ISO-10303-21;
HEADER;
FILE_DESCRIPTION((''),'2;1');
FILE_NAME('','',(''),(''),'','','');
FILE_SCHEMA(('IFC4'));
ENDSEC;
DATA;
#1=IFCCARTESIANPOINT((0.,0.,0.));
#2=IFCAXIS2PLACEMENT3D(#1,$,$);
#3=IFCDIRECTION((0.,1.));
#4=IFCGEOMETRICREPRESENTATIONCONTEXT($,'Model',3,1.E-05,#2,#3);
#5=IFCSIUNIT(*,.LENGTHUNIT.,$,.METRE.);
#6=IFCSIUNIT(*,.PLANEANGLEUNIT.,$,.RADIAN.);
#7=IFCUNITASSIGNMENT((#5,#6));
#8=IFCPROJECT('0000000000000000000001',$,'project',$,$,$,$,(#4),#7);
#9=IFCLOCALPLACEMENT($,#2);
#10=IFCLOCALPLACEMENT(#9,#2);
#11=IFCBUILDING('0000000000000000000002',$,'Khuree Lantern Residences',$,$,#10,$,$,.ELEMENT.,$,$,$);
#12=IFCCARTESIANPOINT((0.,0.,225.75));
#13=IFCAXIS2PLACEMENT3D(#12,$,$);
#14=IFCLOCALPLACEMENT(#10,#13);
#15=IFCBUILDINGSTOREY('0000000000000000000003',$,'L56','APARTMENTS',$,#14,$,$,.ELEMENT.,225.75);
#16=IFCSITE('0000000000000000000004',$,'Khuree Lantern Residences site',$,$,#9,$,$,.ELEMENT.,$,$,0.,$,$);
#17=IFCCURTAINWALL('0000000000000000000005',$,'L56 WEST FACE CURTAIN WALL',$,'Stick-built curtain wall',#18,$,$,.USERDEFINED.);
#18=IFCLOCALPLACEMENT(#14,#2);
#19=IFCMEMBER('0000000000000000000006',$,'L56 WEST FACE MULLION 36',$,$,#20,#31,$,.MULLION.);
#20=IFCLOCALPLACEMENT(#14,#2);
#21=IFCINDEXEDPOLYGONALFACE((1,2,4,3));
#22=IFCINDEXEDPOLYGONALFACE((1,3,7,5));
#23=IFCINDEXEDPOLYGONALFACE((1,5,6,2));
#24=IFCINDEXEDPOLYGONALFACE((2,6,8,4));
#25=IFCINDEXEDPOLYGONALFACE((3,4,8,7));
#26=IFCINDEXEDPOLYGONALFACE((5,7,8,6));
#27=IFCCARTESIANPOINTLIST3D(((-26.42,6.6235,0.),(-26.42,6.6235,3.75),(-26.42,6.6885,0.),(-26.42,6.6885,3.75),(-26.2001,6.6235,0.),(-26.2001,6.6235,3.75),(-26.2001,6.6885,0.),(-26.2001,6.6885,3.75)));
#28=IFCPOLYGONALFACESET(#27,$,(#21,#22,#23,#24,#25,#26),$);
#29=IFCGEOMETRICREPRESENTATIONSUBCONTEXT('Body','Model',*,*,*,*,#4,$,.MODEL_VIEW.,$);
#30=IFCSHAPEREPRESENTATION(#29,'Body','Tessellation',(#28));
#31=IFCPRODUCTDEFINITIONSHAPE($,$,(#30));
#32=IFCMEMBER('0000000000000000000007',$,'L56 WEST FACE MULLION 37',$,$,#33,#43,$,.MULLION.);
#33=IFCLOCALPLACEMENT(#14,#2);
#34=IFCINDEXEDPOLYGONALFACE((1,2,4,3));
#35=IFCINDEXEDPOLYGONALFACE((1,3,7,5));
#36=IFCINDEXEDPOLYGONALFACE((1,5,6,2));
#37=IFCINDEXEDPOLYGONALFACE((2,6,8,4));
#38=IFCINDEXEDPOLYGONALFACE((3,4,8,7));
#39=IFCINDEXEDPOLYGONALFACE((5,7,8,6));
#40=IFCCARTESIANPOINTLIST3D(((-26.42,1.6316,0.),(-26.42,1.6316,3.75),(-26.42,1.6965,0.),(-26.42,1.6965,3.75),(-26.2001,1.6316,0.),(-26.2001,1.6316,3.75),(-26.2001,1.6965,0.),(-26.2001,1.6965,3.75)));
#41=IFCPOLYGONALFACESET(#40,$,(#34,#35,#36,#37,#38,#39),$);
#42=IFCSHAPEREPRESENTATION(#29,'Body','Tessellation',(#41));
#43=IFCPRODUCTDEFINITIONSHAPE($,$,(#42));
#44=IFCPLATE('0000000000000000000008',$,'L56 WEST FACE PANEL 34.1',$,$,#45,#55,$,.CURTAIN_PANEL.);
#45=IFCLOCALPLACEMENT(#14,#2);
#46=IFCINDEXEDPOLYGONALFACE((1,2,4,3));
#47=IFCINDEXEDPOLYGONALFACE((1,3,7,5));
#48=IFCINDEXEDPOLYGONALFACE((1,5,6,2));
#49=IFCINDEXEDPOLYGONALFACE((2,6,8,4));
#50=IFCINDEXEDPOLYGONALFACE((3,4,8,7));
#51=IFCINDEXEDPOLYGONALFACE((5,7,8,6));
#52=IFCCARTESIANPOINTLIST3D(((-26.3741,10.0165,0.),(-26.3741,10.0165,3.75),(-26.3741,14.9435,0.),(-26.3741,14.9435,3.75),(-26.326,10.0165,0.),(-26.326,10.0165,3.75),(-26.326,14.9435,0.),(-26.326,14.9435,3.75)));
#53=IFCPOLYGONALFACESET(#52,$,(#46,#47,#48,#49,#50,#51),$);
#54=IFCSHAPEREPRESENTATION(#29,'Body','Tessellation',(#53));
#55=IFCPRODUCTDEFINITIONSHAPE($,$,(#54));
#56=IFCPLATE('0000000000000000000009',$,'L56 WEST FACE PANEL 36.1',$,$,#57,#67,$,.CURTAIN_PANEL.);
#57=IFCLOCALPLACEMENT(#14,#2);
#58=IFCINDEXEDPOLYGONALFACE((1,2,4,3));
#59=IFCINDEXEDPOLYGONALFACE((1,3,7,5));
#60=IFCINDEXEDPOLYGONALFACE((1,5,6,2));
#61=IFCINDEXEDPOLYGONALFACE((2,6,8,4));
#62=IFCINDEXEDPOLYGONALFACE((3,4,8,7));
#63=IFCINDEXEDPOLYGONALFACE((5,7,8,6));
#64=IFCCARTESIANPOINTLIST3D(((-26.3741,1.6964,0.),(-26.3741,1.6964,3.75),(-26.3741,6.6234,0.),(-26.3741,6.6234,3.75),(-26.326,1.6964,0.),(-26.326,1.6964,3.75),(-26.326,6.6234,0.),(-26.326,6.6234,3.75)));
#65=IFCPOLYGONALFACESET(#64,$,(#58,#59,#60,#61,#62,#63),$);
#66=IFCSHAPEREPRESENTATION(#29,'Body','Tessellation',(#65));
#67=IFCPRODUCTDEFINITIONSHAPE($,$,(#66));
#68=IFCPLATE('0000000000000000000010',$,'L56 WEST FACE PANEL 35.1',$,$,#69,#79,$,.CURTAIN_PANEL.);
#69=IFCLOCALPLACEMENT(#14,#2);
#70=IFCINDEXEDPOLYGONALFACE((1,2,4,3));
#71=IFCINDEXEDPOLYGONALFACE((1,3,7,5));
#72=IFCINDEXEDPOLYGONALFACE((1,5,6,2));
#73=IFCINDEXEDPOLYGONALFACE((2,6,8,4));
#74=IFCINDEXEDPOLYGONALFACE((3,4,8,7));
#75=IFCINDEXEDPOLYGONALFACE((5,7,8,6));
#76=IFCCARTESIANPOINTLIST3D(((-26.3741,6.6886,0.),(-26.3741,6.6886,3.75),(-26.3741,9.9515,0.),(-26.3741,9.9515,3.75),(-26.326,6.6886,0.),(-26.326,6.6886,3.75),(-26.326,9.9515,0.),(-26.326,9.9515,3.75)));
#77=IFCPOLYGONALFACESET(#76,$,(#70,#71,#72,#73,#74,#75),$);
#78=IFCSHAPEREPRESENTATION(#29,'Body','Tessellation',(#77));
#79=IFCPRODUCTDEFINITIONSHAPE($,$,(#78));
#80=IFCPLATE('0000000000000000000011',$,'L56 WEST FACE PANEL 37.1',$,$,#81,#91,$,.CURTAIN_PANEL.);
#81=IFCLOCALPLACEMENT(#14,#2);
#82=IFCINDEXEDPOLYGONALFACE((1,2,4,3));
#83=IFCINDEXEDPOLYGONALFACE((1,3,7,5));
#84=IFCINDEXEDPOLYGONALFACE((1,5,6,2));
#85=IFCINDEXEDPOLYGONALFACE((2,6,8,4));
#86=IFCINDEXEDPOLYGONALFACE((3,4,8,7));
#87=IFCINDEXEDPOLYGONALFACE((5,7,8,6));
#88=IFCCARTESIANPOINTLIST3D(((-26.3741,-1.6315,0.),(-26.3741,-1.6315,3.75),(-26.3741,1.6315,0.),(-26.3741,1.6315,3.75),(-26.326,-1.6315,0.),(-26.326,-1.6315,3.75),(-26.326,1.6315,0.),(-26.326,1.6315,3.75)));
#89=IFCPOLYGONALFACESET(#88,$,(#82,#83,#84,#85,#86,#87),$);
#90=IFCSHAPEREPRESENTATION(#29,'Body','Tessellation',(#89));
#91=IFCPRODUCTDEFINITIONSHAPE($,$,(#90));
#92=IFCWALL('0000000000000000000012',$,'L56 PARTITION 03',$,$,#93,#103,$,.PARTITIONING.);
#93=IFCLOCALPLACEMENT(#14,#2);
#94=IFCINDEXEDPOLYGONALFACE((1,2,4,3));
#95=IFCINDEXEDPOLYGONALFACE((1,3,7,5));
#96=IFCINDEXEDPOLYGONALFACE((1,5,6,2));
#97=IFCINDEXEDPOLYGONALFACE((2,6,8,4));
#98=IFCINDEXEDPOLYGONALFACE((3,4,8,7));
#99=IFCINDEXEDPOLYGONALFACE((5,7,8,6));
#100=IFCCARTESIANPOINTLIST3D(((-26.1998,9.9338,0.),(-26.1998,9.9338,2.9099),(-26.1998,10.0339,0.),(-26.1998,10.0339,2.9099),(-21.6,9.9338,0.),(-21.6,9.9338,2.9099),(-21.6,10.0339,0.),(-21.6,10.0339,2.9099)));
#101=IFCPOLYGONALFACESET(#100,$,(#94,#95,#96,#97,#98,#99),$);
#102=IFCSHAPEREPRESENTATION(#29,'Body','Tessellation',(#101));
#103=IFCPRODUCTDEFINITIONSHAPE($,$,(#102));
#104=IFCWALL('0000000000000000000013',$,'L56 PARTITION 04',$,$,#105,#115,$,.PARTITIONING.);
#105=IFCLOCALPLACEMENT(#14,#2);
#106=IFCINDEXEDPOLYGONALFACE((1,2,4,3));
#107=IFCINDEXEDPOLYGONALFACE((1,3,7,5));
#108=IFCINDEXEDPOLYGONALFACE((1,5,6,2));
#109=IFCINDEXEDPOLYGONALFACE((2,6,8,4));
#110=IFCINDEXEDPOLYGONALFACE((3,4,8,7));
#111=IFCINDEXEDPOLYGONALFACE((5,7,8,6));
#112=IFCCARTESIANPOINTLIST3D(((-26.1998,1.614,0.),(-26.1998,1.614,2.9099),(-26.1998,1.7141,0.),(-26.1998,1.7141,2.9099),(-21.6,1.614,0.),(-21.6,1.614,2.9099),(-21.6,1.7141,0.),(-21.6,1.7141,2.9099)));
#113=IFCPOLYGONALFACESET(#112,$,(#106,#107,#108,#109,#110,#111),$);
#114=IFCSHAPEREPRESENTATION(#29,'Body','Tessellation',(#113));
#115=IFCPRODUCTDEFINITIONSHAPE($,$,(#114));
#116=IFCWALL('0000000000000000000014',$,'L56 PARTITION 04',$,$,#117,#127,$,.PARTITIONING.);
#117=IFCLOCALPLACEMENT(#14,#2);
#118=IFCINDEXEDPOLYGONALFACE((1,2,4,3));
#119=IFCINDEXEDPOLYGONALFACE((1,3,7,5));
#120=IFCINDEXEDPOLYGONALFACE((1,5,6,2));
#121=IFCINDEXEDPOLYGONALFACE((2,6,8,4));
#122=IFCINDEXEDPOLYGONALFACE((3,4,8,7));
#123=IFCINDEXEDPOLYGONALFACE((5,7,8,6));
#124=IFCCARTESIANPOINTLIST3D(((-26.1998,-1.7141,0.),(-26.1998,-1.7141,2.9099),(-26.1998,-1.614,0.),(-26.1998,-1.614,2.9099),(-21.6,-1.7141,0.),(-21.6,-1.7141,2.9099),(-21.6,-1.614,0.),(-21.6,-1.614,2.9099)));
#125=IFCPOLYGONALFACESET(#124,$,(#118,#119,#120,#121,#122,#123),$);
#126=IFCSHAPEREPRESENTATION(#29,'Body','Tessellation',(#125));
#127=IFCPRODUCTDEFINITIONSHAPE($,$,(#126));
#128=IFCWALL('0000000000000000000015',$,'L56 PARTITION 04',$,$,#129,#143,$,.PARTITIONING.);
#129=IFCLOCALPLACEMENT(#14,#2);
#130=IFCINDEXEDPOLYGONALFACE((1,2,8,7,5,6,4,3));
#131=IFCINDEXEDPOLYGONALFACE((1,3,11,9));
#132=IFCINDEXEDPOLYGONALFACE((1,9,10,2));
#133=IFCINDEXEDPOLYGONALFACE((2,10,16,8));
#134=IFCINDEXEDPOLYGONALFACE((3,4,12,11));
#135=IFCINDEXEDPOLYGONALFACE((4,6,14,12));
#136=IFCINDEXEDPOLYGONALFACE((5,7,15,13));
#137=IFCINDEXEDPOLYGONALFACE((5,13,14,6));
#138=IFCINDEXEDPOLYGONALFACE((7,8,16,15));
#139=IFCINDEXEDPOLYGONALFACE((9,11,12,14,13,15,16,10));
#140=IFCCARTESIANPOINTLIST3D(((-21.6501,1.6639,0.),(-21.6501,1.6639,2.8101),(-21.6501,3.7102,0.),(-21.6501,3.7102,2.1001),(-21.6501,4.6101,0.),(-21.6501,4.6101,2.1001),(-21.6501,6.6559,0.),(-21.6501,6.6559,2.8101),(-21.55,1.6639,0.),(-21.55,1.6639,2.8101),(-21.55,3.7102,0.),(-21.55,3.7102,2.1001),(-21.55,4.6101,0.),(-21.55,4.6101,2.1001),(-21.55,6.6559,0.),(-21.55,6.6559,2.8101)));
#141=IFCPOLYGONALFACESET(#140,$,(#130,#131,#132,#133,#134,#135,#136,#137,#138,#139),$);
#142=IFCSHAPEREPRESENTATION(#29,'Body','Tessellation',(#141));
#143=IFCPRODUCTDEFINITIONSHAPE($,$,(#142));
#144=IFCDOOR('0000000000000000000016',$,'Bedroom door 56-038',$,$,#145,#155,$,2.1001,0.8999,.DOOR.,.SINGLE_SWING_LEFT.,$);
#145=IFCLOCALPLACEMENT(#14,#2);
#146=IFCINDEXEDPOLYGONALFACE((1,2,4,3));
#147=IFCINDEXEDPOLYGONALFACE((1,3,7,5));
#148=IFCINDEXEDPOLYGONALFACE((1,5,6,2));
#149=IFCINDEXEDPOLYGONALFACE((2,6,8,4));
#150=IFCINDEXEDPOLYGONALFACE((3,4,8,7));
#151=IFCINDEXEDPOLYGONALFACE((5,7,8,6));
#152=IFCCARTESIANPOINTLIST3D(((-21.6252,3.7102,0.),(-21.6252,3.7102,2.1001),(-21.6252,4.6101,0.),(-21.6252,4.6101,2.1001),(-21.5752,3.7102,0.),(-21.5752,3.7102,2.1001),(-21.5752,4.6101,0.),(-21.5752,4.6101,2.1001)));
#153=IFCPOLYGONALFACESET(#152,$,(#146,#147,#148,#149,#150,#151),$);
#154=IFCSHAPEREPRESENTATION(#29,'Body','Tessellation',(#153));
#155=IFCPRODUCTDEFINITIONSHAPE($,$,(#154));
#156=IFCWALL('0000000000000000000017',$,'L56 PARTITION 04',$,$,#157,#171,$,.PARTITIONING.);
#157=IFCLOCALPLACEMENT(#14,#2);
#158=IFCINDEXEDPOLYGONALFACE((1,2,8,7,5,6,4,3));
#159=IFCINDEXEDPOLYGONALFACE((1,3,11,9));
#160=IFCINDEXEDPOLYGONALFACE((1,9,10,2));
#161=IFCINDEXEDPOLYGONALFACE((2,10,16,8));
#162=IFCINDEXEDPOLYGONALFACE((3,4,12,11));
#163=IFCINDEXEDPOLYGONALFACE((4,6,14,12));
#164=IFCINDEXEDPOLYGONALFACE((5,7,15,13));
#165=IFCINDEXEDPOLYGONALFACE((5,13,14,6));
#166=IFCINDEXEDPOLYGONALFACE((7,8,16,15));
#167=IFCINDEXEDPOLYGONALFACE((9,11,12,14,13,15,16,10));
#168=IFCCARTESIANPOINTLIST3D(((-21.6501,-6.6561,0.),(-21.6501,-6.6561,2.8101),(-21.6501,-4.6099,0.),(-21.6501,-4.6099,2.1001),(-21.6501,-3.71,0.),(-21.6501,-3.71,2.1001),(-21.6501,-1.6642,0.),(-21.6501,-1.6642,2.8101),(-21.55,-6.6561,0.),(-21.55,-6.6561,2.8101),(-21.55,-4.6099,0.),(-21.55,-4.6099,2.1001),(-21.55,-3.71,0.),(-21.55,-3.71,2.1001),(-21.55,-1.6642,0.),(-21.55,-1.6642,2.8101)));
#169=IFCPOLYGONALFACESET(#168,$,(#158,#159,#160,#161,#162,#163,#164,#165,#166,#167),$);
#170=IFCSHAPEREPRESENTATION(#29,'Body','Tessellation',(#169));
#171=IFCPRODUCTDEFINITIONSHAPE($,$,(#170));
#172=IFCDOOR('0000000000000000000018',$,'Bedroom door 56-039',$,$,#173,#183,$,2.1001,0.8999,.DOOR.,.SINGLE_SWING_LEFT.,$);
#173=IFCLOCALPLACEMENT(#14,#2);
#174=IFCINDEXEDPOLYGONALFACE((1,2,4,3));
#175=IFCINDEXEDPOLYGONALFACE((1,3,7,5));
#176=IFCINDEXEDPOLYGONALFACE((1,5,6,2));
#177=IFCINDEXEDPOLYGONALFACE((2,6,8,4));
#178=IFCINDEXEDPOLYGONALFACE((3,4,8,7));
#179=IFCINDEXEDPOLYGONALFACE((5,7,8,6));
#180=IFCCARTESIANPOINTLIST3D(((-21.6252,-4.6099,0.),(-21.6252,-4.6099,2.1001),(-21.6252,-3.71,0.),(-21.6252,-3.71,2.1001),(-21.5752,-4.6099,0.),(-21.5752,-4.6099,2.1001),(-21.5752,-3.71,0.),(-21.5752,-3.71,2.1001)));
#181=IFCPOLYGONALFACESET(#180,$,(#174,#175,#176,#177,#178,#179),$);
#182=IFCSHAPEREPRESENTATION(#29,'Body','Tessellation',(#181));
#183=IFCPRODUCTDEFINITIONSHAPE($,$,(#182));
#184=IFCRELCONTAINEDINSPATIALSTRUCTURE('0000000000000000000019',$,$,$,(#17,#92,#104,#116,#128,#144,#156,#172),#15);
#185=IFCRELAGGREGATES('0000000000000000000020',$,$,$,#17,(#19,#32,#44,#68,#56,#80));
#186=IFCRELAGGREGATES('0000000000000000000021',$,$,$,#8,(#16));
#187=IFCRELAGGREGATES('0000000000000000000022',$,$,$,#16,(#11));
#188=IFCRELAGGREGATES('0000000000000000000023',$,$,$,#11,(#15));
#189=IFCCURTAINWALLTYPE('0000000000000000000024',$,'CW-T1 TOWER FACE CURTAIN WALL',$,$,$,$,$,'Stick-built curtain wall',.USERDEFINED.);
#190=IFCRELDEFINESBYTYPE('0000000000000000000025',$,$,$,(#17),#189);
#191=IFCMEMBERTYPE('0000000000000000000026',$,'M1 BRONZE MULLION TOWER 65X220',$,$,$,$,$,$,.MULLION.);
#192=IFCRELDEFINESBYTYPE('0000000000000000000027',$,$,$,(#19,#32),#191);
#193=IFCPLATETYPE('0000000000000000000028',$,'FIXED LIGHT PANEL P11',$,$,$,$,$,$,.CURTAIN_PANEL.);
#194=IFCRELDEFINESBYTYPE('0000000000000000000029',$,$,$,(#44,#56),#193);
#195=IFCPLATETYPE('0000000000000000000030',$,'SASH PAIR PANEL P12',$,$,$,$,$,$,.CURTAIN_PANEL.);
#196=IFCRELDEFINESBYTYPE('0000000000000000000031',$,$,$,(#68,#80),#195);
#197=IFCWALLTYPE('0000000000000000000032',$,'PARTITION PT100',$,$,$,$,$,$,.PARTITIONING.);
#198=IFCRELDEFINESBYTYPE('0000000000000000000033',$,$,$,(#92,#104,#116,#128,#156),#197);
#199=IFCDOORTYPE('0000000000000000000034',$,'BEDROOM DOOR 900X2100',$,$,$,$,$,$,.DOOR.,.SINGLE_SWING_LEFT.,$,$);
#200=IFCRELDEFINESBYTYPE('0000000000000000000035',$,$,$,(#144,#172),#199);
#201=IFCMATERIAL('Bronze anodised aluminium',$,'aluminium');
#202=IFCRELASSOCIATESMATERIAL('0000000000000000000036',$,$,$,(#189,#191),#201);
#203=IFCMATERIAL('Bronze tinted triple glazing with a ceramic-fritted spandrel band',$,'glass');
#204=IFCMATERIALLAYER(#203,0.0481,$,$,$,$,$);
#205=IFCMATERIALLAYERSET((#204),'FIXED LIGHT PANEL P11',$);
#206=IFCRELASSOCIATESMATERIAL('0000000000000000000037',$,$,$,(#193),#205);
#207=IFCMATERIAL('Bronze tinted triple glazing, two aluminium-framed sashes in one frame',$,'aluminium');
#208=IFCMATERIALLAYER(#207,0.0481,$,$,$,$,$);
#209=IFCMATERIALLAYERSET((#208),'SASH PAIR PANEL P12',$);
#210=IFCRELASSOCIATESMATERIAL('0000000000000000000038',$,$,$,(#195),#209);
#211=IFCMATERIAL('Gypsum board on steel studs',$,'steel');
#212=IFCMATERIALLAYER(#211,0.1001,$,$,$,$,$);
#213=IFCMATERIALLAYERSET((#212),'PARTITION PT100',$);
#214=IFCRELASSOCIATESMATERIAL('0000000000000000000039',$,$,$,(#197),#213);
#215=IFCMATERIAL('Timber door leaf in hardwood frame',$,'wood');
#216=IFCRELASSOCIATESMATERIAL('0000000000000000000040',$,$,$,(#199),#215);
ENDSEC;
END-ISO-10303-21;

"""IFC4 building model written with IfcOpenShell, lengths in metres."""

from ifc_helpers import new_model, si_unit, direction, frame, frame_2d, origin, origin_2d, place, context, subcontext, project, spatial, rectangle, extrude, material, layer, layer_set, material_profile, profile_set, type_object, element, fill, aggregate, save


model = new_model("IFC4")

# Units and contexts
model_context = context("Model", 3, precision=1e-05, world=origin(), true_north=direction((0.0, 1.0)))
body_context = subcontext(model_context, "Body", "Model", "MODEL_VIEW")
ifc_project = project(units=[si_unit("LENGTHUNIT", "METRE"), si_unit("PLANEANGLEUNIT", "RADIAN")], contexts=[model_context])

# Site, building, storey
site_placement = place(None, origin())
site = spatial("IfcSite", under=ifc_project, at=site_placement, Name="Khuree Lantern Residences site", CompositionType="ELEMENT", RefElevation=0.0)
building_placement = place(site_placement, origin())
building = spatial("IfcBuilding", under=site, at=building_placement, Name="Khuree Lantern Residences", CompositionType="ELEMENT")
storey_placement = place(building_placement, frame((0.0, 0.0, 225.75)))
storey = spatial("IfcBuildingStorey", under=building, at=storey_placement, Name="L56", Description="APARTMENTS", CompositionType="ELEMENT", Elevation=225.75)

# Curtain wall
ifc_material_1 = material(Name="Bronze anodised aluminium", Category="aluminium")
curtain_wall_type = type_object("IfcCurtainWallType", Name="CW-T1 TOWER FACE CURTAIN WALL", ElementType="Stick-built curtain wall", PredefinedType="USERDEFINED", material=ifc_material_1)
curtain_wall_placement = place(storey_placement, origin())
curtain_wall = element("IfcCurtainWall", 1, at=curtain_wall_placement, inside=storey, type_object=curtain_wall_type, Name="L56 WEST FACE CURTAIN WALL", ObjectType="Stick-built curtain wall", PredefinedType="USERDEFINED")

# Members
ifc_material_profile_1 = material_profile(ifc_material_1, rectangle(XDim=0.0649, YDim=0.22, at=origin_2d()), Name="M1 65X220")
ifc_profile_set_1 = profile_set([ifc_material_profile_1], Name="Bronze anodised aluminium")
member_type_1 = type_object("IfcMemberType", Name="M1 BRONZE MULLION TOWER 65X220", PredefinedType="MULLION", material=ifc_profile_set_1)
member_1_placement = place(storey_placement, frame((-26.3101, 6.656, 0.0), z_axis=(0.0, 0.0, 1.0), x_axis=(0.0, -1.0, 0.0)))
member_1 = element("IfcMember", 2, at=member_1_placement, type_object=member_type_1, Name="L56 WEST FACE MULLION 36", PredefinedType="MULLION", context=body_context, shape_type="SweptSolid", body=[
    extrude(rectangle(XDim=0.0649, YDim=0.22, at=origin_2d()), origin(), (0.0, 0.0, 1.0), 3.75),
])
member_2_placement = place(storey_placement, frame((-26.3101, 1.6641, 0.0), z_axis=(0.0, 0.0, 1.0), x_axis=(0.0, -1.0, 0.0)))
member_2 = element("IfcMember", 3, at=member_2_placement, type_object=member_type_1, Name="L56 WEST FACE MULLION 37", PredefinedType="MULLION", context=body_context, shape_type="SweptSolid", body=[
    extrude(rectangle(XDim=0.0649, YDim=0.22, at=origin_2d()), origin(), (0.0, 0.0, 1.0), 3.75),
])

# Plates
ifc_material_2 = material(Name="Bronze tinted triple glazing with a ceramic-fritted spandrel band", Category="glass")
ifc_layer_1 = layer(ifc_material_2, 0.0481)
ifc_layer_set_1 = layer_set([ifc_layer_1], Name="FIXED LIGHT PANEL P11")
plate_type_1 = type_object("IfcPlateType", Name="FIXED LIGHT PANEL P11", PredefinedType="CURTAIN_PANEL", material=ifc_layer_set_1)
plate_1_placement = place(storey_placement, frame((-26.3501, 12.48, 0.0), z_axis=(0.0, 0.0, 1.0), x_axis=(0.0, -1.0, 0.0)))
plate_1 = element("IfcPlate", 4, at=plate_1_placement, type_object=plate_type_1, Name="L56 WEST FACE PANEL 34.1", PredefinedType="CURTAIN_PANEL", context=body_context, shape_type="SweptSolid", body=[
    extrude(rectangle(XDim=4.927, YDim=0.0481, at=origin_2d()), origin(), (0.0, 0.0, 1.0), 3.75),
])
plate_2_placement = place(storey_placement, frame((-26.3501, 4.1599, 0.0), z_axis=(0.0, 0.0, 1.0), x_axis=(0.0, -1.0, 0.0)))
plate_2 = element("IfcPlate", 5, at=plate_2_placement, type_object=plate_type_1, Name="L56 WEST FACE PANEL 36.1", PredefinedType="CURTAIN_PANEL", context=body_context, shape_type="SweptSolid", body=[
    extrude(rectangle(XDim=4.927, YDim=0.0481, at=origin_2d()), origin(), (0.0, 0.0, 1.0), 3.75),
])
ifc_material_3 = material(Name="Bronze tinted triple glazing, two aluminium-framed sashes in one frame", Category="aluminium")
ifc_layer_2 = layer(ifc_material_3, 0.0481)
ifc_layer_set_2 = layer_set([ifc_layer_2], Name="SASH PAIR PANEL P12")
plate_type_2 = type_object("IfcPlateType", Name="SASH PAIR PANEL P12", PredefinedType="CURTAIN_PANEL", material=ifc_layer_set_2)
plate_3_placement = place(storey_placement, frame((-26.3501, 8.3201, 0.0), z_axis=(0.0, 0.0, 1.0), x_axis=(0.0, -1.0, 0.0)))
plate_3 = element("IfcPlate", 6, at=plate_3_placement, type_object=plate_type_2, Name="L56 WEST FACE PANEL 35.1", PredefinedType="CURTAIN_PANEL", context=body_context, shape_type="SweptSolid", body=[
    extrude(rectangle(XDim=3.2629, YDim=0.0481, at=origin_2d()), origin(), (0.0, 0.0, 1.0), 3.75),
])
plate_4_placement = place(storey_placement, frame((-26.3501, 0.0, 0.0), z_axis=(0.0, 0.0, 1.0), x_axis=(0.0, -1.0, 0.0)))
plate_4 = element("IfcPlate", 7, at=plate_4_placement, type_object=plate_type_2, Name="L56 WEST FACE PANEL 37.1", PredefinedType="CURTAIN_PANEL", context=body_context, shape_type="SweptSolid", body=[
    extrude(rectangle(XDim=3.2629, YDim=0.0481, at=origin_2d()), origin(), (0.0, 0.0, 1.0), 3.75),
])
aggregate(curtain_wall, [member_1, member_2, plate_1, plate_3, plate_2, plate_4])

# Walls
ifc_material_4 = material(Name="Gypsum board on steel studs", Category="steel")
ifc_layer_3 = layer(ifc_material_4, 0.1001)
ifc_layer_set_3 = layer_set([ifc_layer_3], Name="PARTITION PT100")
wall_type = type_object("IfcWallType", Name="PARTITION PT100", PredefinedType="PARTITIONING", material=ifc_layer_set_3)
for number, where, z_axis, x_axis, name in (
    (8, (-21.6001, 9.9839, 0.0), (0.0, 0.0, 1.0), (-1.0, 0.0, 0.0), "L56 PARTITION 03"),
    (9, (-21.6001, 1.6641, 0.0), (0.0, 0.0, 1.0), (-1.0, 0.0, 0.0), "L56 PARTITION 04"),
    (10, (-21.6001, -1.6641, 0.0), (0.0, 0.0, 1.0), (-1.0, 0.0, 0.0), "L56 PARTITION 04"),
):
    element("IfcWall", number, at=place(storey_placement, frame(where, z_axis=z_axis, x_axis=x_axis)), inside=storey, type_object=wall_type, Name=name, PredefinedType="PARTITIONING", context=body_context, shape_type="SweptSolid", body=[
        extrude(rectangle(XDim=4.5999, YDim=0.1001, at=frame_2d((2.2998, 0.0))), origin(), (0.0, 0.0, 1.0), 2.9099),
    ])

# Walls, openings, doors
wall_1_placement = place(storey_placement, frame((-21.6001, 6.656, 0.0), z_axis=(0.0, 0.0, 1.0), x_axis=(0.0, -1.0, 0.0)))
wall_1 = element("IfcWall", 11, at=wall_1_placement, inside=storey, type_object=wall_type, Name="L56 PARTITION 04", PredefinedType="PARTITIONING", context=body_context, shape_type="SweptSolid", body=[
    extrude(rectangle(XDim=4.9919, YDim=0.1001, at=frame_2d((2.4961, 0.0))), origin(), (0.0, 0.0, 1.0), 2.8101),
])
opening_1_placement = place(wall_1_placement, frame((2.0459, 0.0, 0.0)))
opening_1 = element("IfcOpeningElement", 12, at=opening_1_placement, cuts=wall_1, PredefinedType="OPENING", context=body_context, shape_type="SweptSolid", body=[
    extrude(rectangle(XDim=0.8999, YDim=2.1001, at=frame_2d((0.45, 1.05))), frame((0.0, 0.0601, 0.0), z_axis=(0.0, -1.0, 0.0), x_axis=(1.0, 0.0, 0.0)), (0.0, 0.0, 1.0), 0.1201),
])
ifc_material_5 = material(Name="Timber door leaf in hardwood frame", Category="wood")
door_type = type_object("IfcDoorType", Name="BEDROOM DOOR 900X2100", OperationType="SINGLE_SWING_LEFT", PredefinedType="DOOR", material=ifc_material_5)
door_1_placement = place(opening_1_placement, origin())
door_1 = element("IfcDoor", 13, at=door_1_placement, inside=storey, type_object=door_type, Name="Bedroom door 56-038", OperationType="SINGLE_SWING_LEFT", OverallHeight=2.1001, OverallWidth=0.8999, PredefinedType="DOOR", context=body_context, shape_type="SweptSolid", body=[
    extrude(rectangle(XDim=0.8999, YDim=2.1001, at=frame_2d((0.45, 1.05))), frame((0.0, 0.0249, 0.0), z_axis=(0.0, -1.0, 0.0), x_axis=(1.0, 0.0, 0.0)), (0.0, 0.0, 1.0), 0.05),
])
fill(opening_1, door_1)
wall_2_placement = place(storey_placement, frame((-21.6001, -1.6641, 0.0), z_axis=(0.0, 0.0, 1.0), x_axis=(0.0, -1.0, 0.0)))
wall_2 = element("IfcWall", 14, at=wall_2_placement, inside=storey, type_object=wall_type, Name="L56 PARTITION 04", PredefinedType="PARTITIONING", context=body_context, shape_type="SweptSolid", body=[
    extrude(rectangle(XDim=4.9919, YDim=0.1001, at=frame_2d((2.4961, 0.0))), origin(), (0.0, 0.0, 1.0), 2.8101),
])
opening_2_placement = place(wall_2_placement, frame((2.0459, 0.0, 0.0)))
opening_2 = element("IfcOpeningElement", 15, at=opening_2_placement, cuts=wall_2, PredefinedType="OPENING", context=body_context, shape_type="SweptSolid", body=[
    extrude(rectangle(XDim=0.8999, YDim=2.1001, at=frame_2d((0.45, 1.05))), frame((0.0, 0.0601, 0.0), z_axis=(0.0, -1.0, 0.0), x_axis=(1.0, 0.0, 0.0)), (0.0, 0.0, 1.0), 0.1201),
])
door_2_placement = place(opening_2_placement, origin())
door_2 = element("IfcDoor", 16, at=door_2_placement, inside=storey, type_object=door_type, Name="Bedroom door 56-039", OperationType="SINGLE_SWING_LEFT", OverallHeight=2.1001, OverallWidth=0.8999, PredefinedType="DOOR", context=body_context, shape_type="SweptSolid", body=[
    extrude(rectangle(XDim=0.8999, YDim=2.1001, at=frame_2d((0.45, 1.05))), frame((0.0, 0.0249, 0.0), z_axis=(0.0, -1.0, 0.0), x_axis=(1.0, 0.0, 0.0)), (0.0, 0.0, 1.0), 0.05),
])
fill(opening_2, door_2)

save(model, "model.ifc")
